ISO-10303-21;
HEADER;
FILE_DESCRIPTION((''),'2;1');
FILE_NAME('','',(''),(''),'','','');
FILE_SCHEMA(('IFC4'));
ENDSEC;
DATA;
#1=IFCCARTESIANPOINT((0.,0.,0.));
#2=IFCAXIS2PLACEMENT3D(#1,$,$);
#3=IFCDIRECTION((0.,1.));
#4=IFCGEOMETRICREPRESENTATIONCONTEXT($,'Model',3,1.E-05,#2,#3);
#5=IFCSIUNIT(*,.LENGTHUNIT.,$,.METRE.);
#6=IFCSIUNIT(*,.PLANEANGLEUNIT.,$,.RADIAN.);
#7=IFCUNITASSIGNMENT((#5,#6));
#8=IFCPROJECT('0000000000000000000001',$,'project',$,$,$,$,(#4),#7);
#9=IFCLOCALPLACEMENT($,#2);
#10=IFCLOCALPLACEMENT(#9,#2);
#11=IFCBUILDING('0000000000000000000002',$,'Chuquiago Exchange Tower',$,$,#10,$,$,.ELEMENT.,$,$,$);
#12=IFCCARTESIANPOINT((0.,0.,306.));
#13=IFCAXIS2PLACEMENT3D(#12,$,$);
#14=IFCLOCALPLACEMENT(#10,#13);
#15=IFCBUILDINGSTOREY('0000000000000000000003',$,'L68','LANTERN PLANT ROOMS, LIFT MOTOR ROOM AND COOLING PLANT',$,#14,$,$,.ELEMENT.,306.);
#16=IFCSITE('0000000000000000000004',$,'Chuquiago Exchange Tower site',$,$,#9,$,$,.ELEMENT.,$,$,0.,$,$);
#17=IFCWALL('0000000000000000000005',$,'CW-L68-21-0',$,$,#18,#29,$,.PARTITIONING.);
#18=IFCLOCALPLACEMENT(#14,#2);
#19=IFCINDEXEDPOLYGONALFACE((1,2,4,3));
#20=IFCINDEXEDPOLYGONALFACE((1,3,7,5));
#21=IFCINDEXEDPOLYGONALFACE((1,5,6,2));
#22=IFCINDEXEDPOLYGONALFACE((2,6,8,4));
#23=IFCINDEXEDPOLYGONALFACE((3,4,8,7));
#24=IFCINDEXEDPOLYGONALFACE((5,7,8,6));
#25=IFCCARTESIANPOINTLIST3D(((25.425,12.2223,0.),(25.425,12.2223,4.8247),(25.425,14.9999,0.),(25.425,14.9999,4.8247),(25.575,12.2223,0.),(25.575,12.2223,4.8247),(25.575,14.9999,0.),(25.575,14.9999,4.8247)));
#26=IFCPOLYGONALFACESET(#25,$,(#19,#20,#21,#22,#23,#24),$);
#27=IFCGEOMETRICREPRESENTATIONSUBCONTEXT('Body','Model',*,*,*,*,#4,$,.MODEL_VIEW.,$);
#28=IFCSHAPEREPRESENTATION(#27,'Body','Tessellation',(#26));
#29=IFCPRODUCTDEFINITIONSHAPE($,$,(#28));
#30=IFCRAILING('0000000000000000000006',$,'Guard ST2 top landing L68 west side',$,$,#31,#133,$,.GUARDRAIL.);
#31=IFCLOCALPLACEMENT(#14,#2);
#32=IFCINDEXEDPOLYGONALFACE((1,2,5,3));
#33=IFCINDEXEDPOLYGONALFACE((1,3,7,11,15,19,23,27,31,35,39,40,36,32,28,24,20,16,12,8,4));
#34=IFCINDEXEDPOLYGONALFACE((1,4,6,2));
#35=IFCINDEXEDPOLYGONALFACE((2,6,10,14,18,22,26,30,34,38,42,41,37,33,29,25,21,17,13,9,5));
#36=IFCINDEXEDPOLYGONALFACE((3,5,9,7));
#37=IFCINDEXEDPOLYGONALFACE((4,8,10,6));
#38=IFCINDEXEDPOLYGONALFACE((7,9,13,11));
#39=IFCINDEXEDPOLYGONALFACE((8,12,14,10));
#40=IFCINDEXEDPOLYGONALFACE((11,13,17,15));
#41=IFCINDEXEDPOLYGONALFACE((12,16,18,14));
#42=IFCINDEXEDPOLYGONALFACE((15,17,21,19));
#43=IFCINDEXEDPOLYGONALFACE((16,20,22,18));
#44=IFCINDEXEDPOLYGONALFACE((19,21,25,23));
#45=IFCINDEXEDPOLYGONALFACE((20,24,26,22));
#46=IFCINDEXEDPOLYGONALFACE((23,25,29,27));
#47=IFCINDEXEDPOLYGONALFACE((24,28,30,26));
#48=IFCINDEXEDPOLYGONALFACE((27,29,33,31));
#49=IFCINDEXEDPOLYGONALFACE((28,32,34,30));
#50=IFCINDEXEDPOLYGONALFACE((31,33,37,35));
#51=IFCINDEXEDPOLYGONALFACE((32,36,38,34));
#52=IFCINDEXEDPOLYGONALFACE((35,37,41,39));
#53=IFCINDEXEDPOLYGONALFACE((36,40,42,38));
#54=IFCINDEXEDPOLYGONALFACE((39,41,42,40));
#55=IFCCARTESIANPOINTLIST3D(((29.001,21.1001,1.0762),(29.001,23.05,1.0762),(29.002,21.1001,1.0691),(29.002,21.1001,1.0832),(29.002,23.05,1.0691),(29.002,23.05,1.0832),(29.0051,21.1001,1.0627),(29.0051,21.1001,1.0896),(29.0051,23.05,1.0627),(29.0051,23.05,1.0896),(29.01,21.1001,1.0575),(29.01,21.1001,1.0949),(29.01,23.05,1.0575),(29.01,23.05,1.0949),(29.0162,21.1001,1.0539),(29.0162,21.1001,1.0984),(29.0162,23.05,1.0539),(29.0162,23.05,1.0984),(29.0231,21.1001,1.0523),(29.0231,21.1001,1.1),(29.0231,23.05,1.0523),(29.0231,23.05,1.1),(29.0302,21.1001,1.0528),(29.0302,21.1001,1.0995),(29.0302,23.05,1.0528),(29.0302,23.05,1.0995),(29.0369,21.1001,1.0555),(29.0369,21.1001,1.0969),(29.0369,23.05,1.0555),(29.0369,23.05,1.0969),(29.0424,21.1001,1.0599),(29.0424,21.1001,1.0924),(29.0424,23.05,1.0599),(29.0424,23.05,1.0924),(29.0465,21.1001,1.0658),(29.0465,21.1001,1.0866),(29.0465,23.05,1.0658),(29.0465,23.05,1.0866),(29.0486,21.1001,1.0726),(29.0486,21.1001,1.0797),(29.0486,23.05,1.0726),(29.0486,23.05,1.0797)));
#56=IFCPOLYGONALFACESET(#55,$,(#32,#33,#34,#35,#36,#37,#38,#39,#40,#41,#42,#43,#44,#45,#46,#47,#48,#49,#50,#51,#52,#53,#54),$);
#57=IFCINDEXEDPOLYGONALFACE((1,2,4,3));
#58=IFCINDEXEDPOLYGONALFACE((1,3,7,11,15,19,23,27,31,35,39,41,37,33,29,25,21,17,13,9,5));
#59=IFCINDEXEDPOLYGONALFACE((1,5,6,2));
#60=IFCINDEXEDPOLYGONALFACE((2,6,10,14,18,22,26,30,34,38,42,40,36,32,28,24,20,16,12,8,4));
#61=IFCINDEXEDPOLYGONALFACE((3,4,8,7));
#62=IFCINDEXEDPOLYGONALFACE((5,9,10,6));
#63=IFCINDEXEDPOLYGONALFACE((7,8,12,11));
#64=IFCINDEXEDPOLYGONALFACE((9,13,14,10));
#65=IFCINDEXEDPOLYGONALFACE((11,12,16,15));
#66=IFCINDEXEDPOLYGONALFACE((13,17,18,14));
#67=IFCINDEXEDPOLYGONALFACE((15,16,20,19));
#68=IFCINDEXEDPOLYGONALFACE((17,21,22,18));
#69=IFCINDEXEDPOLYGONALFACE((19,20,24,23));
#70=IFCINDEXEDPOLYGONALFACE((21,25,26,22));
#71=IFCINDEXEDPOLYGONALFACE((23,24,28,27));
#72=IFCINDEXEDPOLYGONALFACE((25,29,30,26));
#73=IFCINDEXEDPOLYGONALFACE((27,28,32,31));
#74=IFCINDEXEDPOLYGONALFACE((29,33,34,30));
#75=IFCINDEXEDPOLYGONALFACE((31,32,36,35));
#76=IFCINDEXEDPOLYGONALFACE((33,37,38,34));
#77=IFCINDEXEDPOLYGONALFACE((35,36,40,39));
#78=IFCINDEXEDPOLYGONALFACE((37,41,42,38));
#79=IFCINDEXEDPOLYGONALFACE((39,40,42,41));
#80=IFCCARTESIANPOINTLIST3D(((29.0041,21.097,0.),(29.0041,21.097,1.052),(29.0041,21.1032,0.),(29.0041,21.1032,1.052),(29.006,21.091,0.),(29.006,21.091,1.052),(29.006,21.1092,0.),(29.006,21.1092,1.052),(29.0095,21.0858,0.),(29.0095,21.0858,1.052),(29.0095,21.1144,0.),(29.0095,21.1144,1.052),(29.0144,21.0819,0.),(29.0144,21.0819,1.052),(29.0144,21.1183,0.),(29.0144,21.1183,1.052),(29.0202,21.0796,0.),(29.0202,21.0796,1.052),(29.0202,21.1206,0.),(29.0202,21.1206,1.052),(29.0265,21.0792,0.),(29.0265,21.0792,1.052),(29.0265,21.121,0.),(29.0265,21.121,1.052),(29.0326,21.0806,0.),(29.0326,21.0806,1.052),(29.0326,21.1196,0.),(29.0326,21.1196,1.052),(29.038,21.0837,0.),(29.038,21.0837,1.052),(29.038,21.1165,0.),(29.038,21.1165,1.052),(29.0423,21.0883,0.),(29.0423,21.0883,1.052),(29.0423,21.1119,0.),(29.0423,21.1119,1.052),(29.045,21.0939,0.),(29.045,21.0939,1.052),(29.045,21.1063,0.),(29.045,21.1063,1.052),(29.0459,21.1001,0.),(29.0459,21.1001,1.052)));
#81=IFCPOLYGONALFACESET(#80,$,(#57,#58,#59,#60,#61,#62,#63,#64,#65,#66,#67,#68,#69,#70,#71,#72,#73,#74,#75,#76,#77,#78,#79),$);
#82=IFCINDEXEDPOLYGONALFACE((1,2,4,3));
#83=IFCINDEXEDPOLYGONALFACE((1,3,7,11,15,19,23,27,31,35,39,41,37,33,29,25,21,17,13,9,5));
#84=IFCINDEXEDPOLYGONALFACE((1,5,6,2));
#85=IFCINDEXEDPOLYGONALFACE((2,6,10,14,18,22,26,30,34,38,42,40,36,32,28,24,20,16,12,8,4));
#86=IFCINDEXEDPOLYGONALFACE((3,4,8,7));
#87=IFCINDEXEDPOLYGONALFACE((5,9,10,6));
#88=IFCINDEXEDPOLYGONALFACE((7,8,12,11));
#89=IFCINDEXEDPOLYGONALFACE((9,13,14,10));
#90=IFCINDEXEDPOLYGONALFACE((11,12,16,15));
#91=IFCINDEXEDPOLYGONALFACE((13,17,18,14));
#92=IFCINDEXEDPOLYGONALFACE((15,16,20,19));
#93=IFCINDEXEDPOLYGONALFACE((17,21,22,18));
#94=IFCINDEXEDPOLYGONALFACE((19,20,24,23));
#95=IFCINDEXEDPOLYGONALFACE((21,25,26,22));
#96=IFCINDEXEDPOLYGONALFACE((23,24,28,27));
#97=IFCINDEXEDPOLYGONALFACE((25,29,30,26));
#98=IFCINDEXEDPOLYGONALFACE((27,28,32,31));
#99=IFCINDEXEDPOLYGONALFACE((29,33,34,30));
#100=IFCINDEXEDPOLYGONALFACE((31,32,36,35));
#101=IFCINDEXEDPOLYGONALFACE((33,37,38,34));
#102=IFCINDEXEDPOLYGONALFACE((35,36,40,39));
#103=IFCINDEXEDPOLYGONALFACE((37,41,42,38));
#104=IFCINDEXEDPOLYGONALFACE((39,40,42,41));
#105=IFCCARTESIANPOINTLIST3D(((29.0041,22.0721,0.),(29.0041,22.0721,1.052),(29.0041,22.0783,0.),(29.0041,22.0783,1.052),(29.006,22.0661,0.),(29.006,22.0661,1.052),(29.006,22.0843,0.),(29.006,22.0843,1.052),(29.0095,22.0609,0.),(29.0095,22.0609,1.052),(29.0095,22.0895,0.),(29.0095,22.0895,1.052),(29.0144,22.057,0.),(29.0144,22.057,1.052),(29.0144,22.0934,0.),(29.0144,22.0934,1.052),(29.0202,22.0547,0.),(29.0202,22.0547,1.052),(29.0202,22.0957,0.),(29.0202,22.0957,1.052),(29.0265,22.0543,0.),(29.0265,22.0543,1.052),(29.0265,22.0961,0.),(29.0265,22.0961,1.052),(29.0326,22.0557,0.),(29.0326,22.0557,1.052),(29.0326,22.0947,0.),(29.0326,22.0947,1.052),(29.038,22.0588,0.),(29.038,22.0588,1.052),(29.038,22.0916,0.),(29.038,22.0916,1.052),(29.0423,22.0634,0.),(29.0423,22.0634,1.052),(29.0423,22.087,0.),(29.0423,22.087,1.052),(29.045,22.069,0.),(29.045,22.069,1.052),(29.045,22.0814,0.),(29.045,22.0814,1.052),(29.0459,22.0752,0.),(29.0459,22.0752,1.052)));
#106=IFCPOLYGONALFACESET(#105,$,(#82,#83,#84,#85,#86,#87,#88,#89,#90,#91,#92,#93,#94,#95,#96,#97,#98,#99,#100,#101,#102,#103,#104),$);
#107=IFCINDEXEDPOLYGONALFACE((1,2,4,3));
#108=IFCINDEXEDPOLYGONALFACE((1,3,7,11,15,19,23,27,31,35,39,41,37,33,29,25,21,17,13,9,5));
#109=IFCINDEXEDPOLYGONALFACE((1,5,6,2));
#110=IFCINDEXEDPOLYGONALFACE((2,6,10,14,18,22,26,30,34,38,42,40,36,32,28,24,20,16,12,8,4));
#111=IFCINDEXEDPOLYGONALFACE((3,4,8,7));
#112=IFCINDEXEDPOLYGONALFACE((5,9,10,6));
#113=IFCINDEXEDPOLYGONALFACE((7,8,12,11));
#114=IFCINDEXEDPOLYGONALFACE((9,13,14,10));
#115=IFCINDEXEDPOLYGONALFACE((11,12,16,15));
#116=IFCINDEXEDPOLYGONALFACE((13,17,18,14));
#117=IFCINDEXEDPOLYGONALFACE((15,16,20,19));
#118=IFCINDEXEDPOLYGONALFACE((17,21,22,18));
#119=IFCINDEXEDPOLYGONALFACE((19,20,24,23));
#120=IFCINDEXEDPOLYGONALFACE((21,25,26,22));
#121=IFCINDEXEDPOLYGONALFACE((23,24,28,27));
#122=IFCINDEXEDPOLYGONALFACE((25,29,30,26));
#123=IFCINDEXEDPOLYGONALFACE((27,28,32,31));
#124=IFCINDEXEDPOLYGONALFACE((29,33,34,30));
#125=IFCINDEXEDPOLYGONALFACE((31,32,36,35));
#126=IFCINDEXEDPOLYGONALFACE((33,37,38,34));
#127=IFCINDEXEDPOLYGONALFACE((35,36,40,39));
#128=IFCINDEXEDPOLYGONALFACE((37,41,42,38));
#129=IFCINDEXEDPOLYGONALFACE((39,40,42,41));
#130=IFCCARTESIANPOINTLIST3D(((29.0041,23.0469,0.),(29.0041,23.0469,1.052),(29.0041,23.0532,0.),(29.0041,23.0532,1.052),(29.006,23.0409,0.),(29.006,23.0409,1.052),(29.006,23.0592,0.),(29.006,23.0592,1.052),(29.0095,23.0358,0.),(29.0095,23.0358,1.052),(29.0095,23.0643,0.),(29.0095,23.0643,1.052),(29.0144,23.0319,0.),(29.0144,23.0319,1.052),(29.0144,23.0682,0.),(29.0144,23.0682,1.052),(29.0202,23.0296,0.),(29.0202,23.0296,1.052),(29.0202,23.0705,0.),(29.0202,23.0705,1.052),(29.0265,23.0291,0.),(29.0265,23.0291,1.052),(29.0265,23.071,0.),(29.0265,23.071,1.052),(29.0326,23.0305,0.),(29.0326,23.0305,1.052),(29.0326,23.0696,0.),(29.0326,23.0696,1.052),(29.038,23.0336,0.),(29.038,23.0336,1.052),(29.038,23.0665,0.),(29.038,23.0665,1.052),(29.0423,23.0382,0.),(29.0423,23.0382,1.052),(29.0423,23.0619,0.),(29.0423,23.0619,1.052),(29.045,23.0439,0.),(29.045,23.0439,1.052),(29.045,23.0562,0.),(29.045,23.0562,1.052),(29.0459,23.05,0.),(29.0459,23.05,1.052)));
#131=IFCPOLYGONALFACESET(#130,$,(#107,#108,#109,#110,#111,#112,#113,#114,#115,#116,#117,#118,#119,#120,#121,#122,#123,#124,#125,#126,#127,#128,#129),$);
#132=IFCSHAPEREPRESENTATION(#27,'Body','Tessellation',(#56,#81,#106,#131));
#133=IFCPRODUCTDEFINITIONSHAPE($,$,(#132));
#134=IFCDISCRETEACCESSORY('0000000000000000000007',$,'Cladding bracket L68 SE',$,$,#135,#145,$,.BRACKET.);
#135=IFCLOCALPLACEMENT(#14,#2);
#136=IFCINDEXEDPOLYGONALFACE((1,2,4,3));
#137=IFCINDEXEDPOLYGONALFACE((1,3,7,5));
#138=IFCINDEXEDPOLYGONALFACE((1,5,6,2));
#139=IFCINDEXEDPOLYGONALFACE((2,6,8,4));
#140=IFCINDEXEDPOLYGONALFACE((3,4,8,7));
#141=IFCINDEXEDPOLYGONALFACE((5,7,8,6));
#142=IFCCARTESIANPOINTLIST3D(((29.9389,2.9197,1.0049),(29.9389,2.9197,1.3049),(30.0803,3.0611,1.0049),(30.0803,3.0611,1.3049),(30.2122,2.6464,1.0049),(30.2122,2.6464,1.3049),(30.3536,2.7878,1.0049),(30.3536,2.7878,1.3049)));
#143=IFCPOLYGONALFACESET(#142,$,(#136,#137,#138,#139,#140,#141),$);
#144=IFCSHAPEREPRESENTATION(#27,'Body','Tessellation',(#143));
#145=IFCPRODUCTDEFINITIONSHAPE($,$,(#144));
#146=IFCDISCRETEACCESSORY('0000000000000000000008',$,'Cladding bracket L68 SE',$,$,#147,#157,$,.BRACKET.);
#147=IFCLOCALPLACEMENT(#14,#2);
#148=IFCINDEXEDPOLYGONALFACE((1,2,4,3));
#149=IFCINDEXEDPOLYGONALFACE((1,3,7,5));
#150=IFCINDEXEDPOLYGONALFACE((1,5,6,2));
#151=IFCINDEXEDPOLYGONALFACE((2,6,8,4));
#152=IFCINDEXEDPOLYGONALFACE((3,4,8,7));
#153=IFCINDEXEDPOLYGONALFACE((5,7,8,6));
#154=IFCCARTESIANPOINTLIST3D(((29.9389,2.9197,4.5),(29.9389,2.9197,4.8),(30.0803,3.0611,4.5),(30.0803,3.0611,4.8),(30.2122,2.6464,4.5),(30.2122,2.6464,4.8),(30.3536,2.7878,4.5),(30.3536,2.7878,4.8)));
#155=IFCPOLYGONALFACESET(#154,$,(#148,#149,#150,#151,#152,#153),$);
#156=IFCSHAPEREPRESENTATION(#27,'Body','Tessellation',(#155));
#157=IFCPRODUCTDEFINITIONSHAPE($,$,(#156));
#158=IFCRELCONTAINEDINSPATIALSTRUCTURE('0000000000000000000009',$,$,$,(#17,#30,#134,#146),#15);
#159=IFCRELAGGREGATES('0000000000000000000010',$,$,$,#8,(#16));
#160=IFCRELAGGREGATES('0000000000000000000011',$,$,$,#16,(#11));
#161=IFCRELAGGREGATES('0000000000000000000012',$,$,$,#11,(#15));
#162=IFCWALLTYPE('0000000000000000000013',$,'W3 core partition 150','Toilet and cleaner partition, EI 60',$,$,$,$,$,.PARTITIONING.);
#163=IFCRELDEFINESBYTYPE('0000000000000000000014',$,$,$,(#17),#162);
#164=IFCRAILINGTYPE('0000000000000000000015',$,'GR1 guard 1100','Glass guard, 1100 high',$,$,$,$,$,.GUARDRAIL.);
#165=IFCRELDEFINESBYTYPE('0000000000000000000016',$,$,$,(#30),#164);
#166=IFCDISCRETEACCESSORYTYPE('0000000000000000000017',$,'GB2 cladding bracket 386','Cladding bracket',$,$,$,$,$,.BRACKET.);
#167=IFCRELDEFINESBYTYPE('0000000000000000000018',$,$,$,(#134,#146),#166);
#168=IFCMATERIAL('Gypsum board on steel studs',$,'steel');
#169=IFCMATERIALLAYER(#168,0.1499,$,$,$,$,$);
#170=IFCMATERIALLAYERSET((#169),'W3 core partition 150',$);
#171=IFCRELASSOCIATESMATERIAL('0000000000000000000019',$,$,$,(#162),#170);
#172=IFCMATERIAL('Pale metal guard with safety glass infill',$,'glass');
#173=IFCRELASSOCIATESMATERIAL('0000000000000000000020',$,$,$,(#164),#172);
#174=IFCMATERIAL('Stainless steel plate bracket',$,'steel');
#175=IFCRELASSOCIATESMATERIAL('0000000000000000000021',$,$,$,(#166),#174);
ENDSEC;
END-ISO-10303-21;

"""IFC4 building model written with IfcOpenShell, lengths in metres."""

from ifc_helpers import new_model, si_unit, direction, frame, frame_2d, origin, origin_2d, place, context, subcontext, project, spatial, rectangle, circle, extrude, material, layer, layer_set, type_object, element, save


model = new_model("IFC4")

# Units and contexts
model_context = context("Model", 3, precision=1e-05, world=origin(), true_north=direction((0.0, 1.0)))
body_context = subcontext(model_context, "Body", "Model", "MODEL_VIEW")
ifc_project = project(units=[si_unit("LENGTHUNIT", "METRE"), si_unit("PLANEANGLEUNIT", "RADIAN")], contexts=[model_context])

# Site, building, storey
site_placement = place(None, origin())
site = spatial("IfcSite", under=ifc_project, at=site_placement, Name="Chuquiago Exchange Tower site", CompositionType="ELEMENT", RefElevation=0.0)
building_placement = place(site_placement, origin())
building = spatial("IfcBuilding", under=site, at=building_placement, Name="Chuquiago Exchange Tower", CompositionType="ELEMENT")
storey_placement = place(building_placement, frame((0.0, 0.0, 306.0)))
storey = spatial("IfcBuildingStorey", under=building, at=storey_placement, Name="L68", Description="LANTERN PLANT ROOMS, LIFT MOTOR ROOM AND COOLING PLANT", CompositionType="ELEMENT", Elevation=306.0)

# Wall
ifc_material_1 = material(Name="Gypsum board on steel studs", Category="steel")
ifc_layer_1 = layer(ifc_material_1, 0.1499)
ifc_layer_set_1 = layer_set([ifc_layer_1], Name="W3 core partition 150")
wall_type_1 = type_object("IfcWallType", Name="W3 core partition 150", Description="Toilet and cleaner partition, EI 60", PredefinedType="PARTITIONING", material=ifc_layer_set_1)
wall_1_placement = place(storey_placement, frame((25.5, 12.2224, 0.0), z_axis=(0.0, 0.0, 1.0), x_axis=(0.0, 1.0, 0.0)))
element("IfcWall", 1, at=wall_1_placement, inside=storey, type_object=wall_type_1, Name="CW-L68-21-0", PredefinedType="PARTITIONING", context=body_context, shape_type="SweptSolid", body=[
    extrude(rectangle(XDim=2.7776, YDim=0.1499, at=frame_2d((1.3887, 0.0))), origin(), (0.0, 0.0, 1.0), 4.8247),
])

# Railing
ifc_material_2 = material(Name="Pale metal guard with safety glass infill", Category="glass")
railing_type = type_object("IfcRailingType", Name="GR1 guard 1100", Description="Glass guard, 1100 high", PredefinedType="GUARDRAIL", material=ifc_material_2)
railing_placement = place(storey_placement, frame((29.0249, 21.1001, 0.0)))
element("IfcRailing", 2, at=railing_placement, inside=storey, type_object=railing_type, Name="Guard ST2 top landing L68 west side", PredefinedType="GUARDRAIL", context=body_context, shape_type="SweptSolid", body=[
    extrude(circle(Radius=0.0239, at=origin_2d()), frame((0.0, 0.0, 1.0762), z_axis=(0.0, 1.0, 0.0), x_axis=(-1.0, 0.0, 0.0)), (0.0, 0.0, 1.0), 1.95),
    extrude(circle(Radius=0.021, at=origin_2d()), origin(), (0.0, 0.0, 1.0), 1.052),
    extrude(circle(Radius=0.021, at=origin_2d()), frame((0.0, 0.9751, 0.0)), (0.0, 0.0, 1.0), 1.052),
    extrude(circle(Radius=0.021, at=origin_2d()), frame((0.0, 1.95, 0.0)), (0.0, 0.0, 1.0), 1.052),
])

# Discrete accessories
ifc_material_3 = material(Name="Stainless steel plate bracket", Category="steel")
discrete_accessory_type = type_object("IfcDiscreteAccessoryType", Name="GB2 cladding bracket 386", Description="Cladding bracket", PredefinedType="BRACKET", material=ifc_material_3)
for number, where, z_axis, x_axis, name in (
    (3, (30.1462, 2.8538, 1.0049), (0.0, 0.0, 1.0), (0.707107, 0.707107, 0.0), "Cladding bracket L68 SE"),
    (4, (30.1462, 2.8538, 4.5), (0.0, 0.0, 1.0), (0.707107, 0.707107, 0.0), "Cladding bracket L68 SE"),
):
    element("IfcDiscreteAccessory", number, at=place(storey_placement, frame(where, z_axis=z_axis, x_axis=x_axis)), inside=storey, type_object=discrete_accessory_type, Name=name, PredefinedType="BRACKET", context=body_context, shape_type="SweptSolid", body=[
        extrude(rectangle(XDim=0.2, YDim=0.3865, at=origin_2d()), origin(), (0.0, 0.0, 1.0), 0.3),
    ])

save(model, "model.ifc")
